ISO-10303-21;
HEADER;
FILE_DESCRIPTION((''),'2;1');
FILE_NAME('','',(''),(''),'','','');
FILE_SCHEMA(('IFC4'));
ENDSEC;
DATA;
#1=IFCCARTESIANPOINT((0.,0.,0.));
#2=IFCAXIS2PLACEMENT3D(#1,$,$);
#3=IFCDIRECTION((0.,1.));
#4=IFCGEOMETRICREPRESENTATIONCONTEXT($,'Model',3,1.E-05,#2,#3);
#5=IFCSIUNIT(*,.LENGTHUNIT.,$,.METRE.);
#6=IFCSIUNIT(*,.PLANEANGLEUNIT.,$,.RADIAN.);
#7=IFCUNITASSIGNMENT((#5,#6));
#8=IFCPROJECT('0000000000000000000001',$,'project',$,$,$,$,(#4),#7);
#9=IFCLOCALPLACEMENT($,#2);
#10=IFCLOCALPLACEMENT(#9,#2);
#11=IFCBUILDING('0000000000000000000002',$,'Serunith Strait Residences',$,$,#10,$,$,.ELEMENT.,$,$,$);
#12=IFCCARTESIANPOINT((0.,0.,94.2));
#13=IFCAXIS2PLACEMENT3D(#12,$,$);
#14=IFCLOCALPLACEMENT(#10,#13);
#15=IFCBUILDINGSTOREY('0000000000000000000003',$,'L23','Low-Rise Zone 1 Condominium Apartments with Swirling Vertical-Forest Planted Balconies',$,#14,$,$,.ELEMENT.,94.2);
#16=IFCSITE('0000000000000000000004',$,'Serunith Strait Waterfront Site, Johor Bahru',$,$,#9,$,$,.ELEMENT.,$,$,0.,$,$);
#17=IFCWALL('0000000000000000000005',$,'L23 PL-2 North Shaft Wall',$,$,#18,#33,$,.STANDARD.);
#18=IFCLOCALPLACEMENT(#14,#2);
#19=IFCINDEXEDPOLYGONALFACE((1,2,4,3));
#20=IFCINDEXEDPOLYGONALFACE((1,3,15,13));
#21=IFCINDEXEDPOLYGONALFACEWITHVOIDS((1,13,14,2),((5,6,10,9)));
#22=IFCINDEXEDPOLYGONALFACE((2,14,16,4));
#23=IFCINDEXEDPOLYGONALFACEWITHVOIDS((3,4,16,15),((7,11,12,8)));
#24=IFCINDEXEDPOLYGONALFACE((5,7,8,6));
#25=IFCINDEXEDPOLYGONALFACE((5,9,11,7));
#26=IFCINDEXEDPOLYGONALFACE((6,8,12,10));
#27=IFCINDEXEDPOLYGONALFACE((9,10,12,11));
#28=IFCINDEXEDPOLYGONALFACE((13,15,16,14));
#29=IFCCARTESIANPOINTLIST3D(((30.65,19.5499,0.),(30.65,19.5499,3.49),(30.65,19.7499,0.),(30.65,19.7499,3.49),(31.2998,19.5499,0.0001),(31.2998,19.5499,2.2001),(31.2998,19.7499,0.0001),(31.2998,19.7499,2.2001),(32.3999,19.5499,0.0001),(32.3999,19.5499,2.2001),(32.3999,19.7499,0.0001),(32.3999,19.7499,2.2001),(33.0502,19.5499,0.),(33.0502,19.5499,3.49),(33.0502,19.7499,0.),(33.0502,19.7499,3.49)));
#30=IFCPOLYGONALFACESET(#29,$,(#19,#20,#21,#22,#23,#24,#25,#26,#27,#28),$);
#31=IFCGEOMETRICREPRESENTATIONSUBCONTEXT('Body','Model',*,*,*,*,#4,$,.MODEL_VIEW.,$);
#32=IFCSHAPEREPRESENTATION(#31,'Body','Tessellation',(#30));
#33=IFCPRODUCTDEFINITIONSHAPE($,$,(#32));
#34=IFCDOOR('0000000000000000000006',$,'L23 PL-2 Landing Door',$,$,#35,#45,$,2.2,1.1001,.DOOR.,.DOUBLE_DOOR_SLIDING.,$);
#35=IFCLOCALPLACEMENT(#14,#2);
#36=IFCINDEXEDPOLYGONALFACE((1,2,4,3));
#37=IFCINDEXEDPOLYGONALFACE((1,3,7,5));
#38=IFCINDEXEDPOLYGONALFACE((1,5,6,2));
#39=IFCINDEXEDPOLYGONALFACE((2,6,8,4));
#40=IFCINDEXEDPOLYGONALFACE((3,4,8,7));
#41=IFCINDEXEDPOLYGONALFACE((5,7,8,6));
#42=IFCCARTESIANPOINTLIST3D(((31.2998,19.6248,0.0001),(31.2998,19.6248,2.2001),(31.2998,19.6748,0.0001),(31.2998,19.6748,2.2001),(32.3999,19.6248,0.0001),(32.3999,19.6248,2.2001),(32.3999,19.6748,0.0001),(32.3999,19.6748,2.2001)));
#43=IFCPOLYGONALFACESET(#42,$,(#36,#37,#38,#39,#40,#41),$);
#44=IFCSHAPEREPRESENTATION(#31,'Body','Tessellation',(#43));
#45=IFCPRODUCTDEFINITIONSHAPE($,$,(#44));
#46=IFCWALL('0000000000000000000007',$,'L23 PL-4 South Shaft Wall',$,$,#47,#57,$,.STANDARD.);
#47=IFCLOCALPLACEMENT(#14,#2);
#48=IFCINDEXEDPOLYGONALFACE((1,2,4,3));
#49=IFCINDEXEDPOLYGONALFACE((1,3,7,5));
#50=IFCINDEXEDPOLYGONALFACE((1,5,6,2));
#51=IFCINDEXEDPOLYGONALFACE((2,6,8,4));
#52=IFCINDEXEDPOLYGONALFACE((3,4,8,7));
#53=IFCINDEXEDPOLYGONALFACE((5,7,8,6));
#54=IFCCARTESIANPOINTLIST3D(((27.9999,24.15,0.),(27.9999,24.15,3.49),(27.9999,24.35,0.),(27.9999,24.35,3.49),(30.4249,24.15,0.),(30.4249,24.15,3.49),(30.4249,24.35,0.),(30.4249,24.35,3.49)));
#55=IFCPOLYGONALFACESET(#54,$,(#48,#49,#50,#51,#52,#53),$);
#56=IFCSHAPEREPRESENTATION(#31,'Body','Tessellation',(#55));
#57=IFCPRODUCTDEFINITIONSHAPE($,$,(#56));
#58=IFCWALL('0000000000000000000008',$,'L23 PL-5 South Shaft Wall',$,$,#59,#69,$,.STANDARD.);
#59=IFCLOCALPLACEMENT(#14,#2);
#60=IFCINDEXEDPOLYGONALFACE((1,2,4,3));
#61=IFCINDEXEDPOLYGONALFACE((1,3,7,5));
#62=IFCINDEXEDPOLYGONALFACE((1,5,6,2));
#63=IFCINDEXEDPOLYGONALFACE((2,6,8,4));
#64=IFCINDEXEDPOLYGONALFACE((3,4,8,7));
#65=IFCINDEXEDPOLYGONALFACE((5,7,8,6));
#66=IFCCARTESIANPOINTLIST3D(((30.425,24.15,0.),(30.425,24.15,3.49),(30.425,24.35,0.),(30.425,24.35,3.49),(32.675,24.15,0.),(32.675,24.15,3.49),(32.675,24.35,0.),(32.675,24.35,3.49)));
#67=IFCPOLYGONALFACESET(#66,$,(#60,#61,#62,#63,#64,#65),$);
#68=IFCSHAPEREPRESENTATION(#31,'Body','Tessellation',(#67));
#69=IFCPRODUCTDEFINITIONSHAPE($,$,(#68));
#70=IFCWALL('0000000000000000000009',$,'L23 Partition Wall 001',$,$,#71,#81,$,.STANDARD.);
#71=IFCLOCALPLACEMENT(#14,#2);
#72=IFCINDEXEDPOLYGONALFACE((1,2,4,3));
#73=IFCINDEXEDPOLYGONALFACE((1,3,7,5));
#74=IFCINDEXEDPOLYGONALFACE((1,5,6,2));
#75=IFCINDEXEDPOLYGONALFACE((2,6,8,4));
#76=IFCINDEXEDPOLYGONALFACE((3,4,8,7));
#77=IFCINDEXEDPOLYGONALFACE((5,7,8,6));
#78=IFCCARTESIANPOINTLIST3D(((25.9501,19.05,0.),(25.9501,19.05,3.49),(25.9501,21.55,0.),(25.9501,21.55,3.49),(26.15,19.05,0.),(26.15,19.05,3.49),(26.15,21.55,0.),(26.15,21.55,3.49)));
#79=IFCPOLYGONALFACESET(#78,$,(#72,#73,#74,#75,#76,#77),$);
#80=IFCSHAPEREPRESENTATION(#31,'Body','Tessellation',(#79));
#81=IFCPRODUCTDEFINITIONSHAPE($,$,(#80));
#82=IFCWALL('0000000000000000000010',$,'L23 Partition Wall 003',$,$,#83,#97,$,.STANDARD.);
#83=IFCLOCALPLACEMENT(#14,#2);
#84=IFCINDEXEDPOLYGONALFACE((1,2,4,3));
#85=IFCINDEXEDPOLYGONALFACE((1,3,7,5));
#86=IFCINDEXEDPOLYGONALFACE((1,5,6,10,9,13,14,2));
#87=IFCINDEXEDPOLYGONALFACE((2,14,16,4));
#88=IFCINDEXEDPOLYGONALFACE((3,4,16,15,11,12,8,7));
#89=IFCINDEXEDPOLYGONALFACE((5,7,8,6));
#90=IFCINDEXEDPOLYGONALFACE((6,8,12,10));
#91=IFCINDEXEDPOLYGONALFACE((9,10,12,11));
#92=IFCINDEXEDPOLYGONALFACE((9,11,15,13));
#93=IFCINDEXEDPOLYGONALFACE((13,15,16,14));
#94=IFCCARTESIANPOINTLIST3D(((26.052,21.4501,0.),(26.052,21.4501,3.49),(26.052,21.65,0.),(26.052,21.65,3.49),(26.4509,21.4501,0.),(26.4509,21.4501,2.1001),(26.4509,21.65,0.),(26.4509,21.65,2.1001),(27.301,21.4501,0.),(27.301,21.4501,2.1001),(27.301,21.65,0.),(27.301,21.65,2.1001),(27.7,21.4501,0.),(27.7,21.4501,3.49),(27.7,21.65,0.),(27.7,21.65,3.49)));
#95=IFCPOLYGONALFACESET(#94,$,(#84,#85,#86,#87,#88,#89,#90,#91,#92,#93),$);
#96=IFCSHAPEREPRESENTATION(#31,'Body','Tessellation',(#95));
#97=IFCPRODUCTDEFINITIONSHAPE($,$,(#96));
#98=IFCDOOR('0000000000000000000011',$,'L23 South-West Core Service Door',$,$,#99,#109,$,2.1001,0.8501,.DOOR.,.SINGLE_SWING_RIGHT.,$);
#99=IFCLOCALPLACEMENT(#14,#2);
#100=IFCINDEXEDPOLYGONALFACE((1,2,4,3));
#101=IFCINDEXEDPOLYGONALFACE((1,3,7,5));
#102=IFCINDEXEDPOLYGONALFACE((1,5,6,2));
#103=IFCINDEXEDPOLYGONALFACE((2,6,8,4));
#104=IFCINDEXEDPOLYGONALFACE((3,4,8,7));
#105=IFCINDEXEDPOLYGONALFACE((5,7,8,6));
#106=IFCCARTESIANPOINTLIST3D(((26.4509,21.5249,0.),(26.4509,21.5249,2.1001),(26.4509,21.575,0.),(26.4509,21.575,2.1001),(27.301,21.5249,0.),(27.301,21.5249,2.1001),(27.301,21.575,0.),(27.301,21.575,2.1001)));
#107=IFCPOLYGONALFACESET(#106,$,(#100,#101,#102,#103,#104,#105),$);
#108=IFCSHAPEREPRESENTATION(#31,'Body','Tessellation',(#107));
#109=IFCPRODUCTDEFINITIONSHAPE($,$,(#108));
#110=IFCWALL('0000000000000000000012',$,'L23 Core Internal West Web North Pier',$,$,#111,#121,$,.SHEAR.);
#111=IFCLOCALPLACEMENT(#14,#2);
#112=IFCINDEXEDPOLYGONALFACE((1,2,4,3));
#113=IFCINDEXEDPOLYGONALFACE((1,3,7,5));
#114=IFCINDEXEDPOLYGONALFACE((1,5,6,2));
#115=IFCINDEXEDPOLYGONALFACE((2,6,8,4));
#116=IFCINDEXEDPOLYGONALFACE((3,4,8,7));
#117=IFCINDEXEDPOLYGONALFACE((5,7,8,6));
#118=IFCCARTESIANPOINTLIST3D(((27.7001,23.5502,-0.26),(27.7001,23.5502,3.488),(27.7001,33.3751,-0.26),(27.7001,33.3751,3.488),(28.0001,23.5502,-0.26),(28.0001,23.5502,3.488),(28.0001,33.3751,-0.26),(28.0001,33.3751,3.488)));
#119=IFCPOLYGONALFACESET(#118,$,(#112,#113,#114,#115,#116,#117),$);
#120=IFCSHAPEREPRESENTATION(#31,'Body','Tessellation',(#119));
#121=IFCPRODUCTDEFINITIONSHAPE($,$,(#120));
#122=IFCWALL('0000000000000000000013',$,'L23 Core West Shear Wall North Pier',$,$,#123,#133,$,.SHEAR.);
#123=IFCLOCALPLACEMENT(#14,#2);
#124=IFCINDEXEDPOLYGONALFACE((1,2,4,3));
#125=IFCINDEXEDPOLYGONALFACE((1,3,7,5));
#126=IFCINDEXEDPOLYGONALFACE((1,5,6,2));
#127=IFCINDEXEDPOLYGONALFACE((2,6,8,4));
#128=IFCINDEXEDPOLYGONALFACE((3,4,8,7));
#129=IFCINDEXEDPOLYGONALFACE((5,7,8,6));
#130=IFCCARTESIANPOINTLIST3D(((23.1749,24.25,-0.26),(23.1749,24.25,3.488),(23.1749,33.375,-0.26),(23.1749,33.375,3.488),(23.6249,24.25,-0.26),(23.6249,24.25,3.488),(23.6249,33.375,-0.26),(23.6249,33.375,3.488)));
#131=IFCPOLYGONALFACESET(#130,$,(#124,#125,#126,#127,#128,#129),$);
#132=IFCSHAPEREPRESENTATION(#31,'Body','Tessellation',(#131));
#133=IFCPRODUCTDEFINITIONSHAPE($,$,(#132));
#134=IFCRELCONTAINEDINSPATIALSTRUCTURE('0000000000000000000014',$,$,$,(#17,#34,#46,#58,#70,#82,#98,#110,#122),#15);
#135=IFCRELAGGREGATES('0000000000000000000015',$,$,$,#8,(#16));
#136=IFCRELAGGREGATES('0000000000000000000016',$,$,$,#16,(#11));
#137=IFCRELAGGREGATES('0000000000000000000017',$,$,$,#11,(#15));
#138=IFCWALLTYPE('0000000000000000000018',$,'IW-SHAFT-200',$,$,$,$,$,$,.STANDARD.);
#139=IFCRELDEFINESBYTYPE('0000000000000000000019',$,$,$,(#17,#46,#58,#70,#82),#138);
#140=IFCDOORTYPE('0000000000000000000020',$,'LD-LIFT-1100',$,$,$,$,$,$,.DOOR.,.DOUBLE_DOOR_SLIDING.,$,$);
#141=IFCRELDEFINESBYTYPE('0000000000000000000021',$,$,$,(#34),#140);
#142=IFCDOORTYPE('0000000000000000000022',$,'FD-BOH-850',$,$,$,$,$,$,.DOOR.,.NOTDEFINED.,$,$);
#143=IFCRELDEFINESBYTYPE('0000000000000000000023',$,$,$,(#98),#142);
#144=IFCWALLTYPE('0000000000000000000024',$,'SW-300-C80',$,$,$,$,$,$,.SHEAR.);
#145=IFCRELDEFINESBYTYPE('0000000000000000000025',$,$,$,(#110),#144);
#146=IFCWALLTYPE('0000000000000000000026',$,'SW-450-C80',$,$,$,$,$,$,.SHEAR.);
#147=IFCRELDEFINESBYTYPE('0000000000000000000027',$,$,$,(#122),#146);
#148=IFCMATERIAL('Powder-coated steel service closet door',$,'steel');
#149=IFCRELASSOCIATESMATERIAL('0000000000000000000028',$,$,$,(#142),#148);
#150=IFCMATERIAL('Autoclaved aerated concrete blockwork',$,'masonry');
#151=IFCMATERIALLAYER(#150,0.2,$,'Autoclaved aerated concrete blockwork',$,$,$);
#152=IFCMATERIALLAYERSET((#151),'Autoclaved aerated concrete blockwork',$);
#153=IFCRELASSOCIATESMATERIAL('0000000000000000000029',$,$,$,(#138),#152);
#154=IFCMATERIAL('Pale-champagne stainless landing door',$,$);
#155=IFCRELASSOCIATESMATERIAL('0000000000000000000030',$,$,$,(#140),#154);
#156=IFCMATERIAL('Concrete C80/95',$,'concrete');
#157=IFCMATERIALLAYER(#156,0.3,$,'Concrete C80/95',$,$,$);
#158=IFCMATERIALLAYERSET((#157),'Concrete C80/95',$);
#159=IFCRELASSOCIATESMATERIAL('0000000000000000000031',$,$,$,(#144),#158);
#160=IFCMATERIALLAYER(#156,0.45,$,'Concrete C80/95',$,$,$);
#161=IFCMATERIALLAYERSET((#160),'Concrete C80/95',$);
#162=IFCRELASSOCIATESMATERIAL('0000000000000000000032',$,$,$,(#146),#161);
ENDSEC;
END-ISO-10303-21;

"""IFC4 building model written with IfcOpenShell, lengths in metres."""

from ifc_helpers import new_model, si_unit, direction, frame, frame_2d, origin, place, context, subcontext, project, spatial, rectangle, extrude, source, transform, mapped, material, layer, layer_set, type_object, element, fill, save


model = new_model("IFC4")

# Units and contexts
model_context = context("Model", 3, precision=1e-05, world=origin(), true_north=direction((0.0, 1.0)))
body_context = subcontext(model_context, "Body", "Model", "MODEL_VIEW")
ifc_project = project(units=[si_unit("LENGTHUNIT", "METRE"), si_unit("PLANEANGLEUNIT", "RADIAN")], contexts=[model_context])

# Site, building, storey
site_placement = place(None, origin())
site = spatial("IfcSite", under=ifc_project, at=site_placement, Name="Serunith Strait Waterfront Site, Johor Bahru", CompositionType="ELEMENT", RefElevation=0.0)
building_placement = place(site_placement, origin())
building = spatial("IfcBuilding", under=site, at=building_placement, Name="Serunith Strait Residences", CompositionType="ELEMENT")
storey_placement = place(building_placement, frame((0.0, 0.0, 94.2)))
storey = spatial("IfcBuildingStorey", under=building, at=storey_placement, Name="L23", Description="Low-Rise Zone 1 Condominium Apartments with Swirling Vertical-Forest Planted Balconies", CompositionType="ELEMENT", Elevation=94.2)

# Wall, opening, door
ifc_material_1 = material(Name="Powder-coated steel service closet door", Category="steel")
door_type_1 = type_object("IfcDoorType", Name="FD-BOH-850", OperationType="NOTDEFINED", PredefinedType="DOOR", material=ifc_material_1)
shared_shape_1 = source(origin(), body_context, "Body", "SweptSolid", [
    extrude(rectangle(XDim=0.8501, YDim=2.1001, at=frame_2d((0.425, 1.05))), frame((0.0, 0.0249, 0.0), z_axis=(0.0, -1.0, 0.0), x_axis=(1.0, 0.0, 0.0)), (0.0, 0.0, 1.0), 0.05),
])
ifc_material_2 = material(Name="Autoclaved aerated concrete blockwork", Category="masonry")
ifc_layer_1 = layer(ifc_material_2, 0.2, Name="Autoclaved aerated concrete blockwork")
ifc_layer_set_1 = layer_set([ifc_layer_1], Name="Autoclaved aerated concrete blockwork")
wall_type_1 = type_object("IfcWallType", Name="IW-SHAFT-200", PredefinedType="STANDARD", material=ifc_layer_set_1)
ifc_material_3 = material(Name="Pale-champagne stainless landing door")
door_type_2 = type_object("IfcDoorType", Name="LD-LIFT-1100", OperationType="DOUBLE_DOOR_SLIDING", PredefinedType="DOOR", material=ifc_material_3)
shared_shape_2 = source(origin(), body_context, "Body", "SweptSolid", [
    extrude(rectangle(XDim=1.1001, YDim=2.2, at=frame_2d((0.55, 1.1001))), frame((0.0, 0.0249, 0.0), z_axis=(0.0, -1.0, 0.0), x_axis=(1.0, 0.0, 0.0)), (0.0, 0.0, 1.0), 0.05),
])
wall_1_placement = place(storey_placement, frame((30.6499, 19.6499, 0.0), z_axis=(0.0, 0.0, 1.0), x_axis=(1.0, 0.0, 0.0)))
wall_1 = element("IfcWall", 1, at=wall_1_placement, inside=storey, type_object=wall_type_1, Name="L23 PL-2 North Shaft Wall", PredefinedType="STANDARD", context=body_context, shape_type="SweptSolid", body=[
    extrude(rectangle(XDim=2.4001, YDim=0.2, at=frame_2d((1.2002, 0.0))), origin(), (0.0, 0.0, 1.0), 3.49),
])
opening_1_placement = place(wall_1_placement, frame((0.6499, 0.0, 0.0)))
opening_1 = element("IfcOpeningElement", 2, at=opening_1_placement, cuts=wall_1, PredefinedType="OPENING", context=body_context, shape_type="SweptSolid", body=[
    extrude(rectangle(XDim=1.1001, YDim=2.2, at=frame_2d((0.55, 1.1001))), frame((0.0, 0.1099, 0.0), z_axis=(0.0, -1.0, 0.0), x_axis=(1.0, 0.0, 0.0)), (0.0, 0.0, 1.0), 0.22),
])
door_1_placement = place(opening_1_placement, origin())
door_1 = element("IfcDoor", 3, at=door_1_placement, inside=storey, type_object=door_type_2, Name="L23 PL-2 Landing Door", OperationType="DOUBLE_DOOR_SLIDING", OverallHeight=2.2, OverallWidth=1.1001, PredefinedType="DOOR", context=body_context, shape_type="MappedRepresentation", body=[
    mapped(shared_shape_2, transform((0.0, 0.0, 0.0), scale=1.0)),
])
fill(opening_1, door_1)

# Walls
wall_2_placement = place(storey_placement, frame((28.0, 24.25, 0.0), z_axis=(0.0, 0.0, 1.0), x_axis=(1.0, 0.0, 0.0)))
element("IfcWall", 4, at=wall_2_placement, inside=storey, type_object=wall_type_1, Name="L23 PL-4 South Shaft Wall", PredefinedType="STANDARD", context=body_context, shape_type="SweptSolid", body=[
    extrude(rectangle(XDim=2.425, YDim=0.2, at=frame_2d((1.2124, 0.0))), origin(), (0.0, 0.0, 1.0), 3.49),
])
wall_3_placement = place(storey_placement, frame((30.425, 24.25, 0.0), z_axis=(0.0, 0.0, 1.0), x_axis=(1.0, 0.0, 0.0)))
element("IfcWall", 5, at=wall_3_placement, inside=storey, type_object=wall_type_1, Name="L23 PL-5 South Shaft Wall", PredefinedType="STANDARD", context=body_context, shape_type="SweptSolid", body=[
    extrude(rectangle(XDim=2.25, YDim=0.2, at=frame_2d((1.125, 0.0))), origin(), (0.0, 0.0, 1.0), 3.49),
])
wall_4_placement = place(storey_placement, frame((26.05, 19.05, 0.0), z_axis=(0.0, 0.0, 1.0), x_axis=(0.0, 1.0, 0.0)))
element("IfcWall", 6, at=wall_4_placement, inside=storey, type_object=wall_type_1, Name="L23 Partition Wall 001", PredefinedType="STANDARD", context=body_context, shape_type="SweptSolid", body=[
    extrude(rectangle(XDim=2.5, YDim=0.2, at=frame_2d((1.25, 0.0))), origin(), (0.0, 0.0, 1.0), 3.49),
])

# Wall, opening, door
wall_5_placement = place(storey_placement, frame((26.052, 21.55, 0.0), z_axis=(0.0, 0.0, 1.0), x_axis=(1.0, 0.0, 0.0)))
wall_5 = element("IfcWall", 7, at=wall_5_placement, inside=storey, type_object=wall_type_1, Name="L23 Partition Wall 003", PredefinedType="STANDARD", context=body_context, shape_type="SweptSolid", body=[
    extrude(rectangle(XDim=1.6479, YDim=0.2, at=frame_2d((0.824, 0.0))), origin(), (0.0, 0.0, 1.0), 3.49),
])
opening_2_placement = place(wall_5_placement, frame((0.3989, 0.0, 0.0)))
opening_2 = element("IfcOpeningElement", 8, at=opening_2_placement, cuts=wall_5, PredefinedType="OPENING", context=body_context, shape_type="SweptSolid", body=[
    extrude(rectangle(XDim=0.8501, YDim=2.1001, at=frame_2d((0.425, 1.05))), frame((0.0, 0.1099, 0.0), z_axis=(0.0, -1.0, 0.0), x_axis=(1.0, 0.0, 0.0)), (0.0, 0.0, 1.0), 0.22),
])
door_2_placement = place(opening_2_placement, origin())
door_2 = element("IfcDoor", 9, at=door_2_placement, inside=storey, type_object=door_type_1, Name="L23 South-West Core Service Door", OperationType="SINGLE_SWING_RIGHT", OverallHeight=2.1001, OverallWidth=0.8501, PredefinedType="DOOR", context=body_context, shape_type="MappedRepresentation", body=[
    mapped(shared_shape_1, transform((0.0, 0.0, 0.0), scale=1.0)),
])
fill(opening_2, door_2)

# Walls
ifc_material_4 = material(Name="Concrete C80/95", Category="concrete")
ifc_layer_2 = layer(ifc_material_4, 0.3, Name="Concrete C80/95")
ifc_layer_set_2 = layer_set([ifc_layer_2], Name="Concrete C80/95")
wall_type_2 = type_object("IfcWallType", Name="SW-300-C80", PredefinedType="SHEAR", material=ifc_layer_set_2)
wall_6_placement = place(storey_placement, frame((27.8501, 23.55, -0.26), z_axis=(0.0, 0.0, 1.0), x_axis=(0.0, 1.0, 0.0)))
element("IfcWall", 10, at=wall_6_placement, inside=storey, type_object=wall_type_2, Name="L23 Core Internal West Web North Pier", PredefinedType="SHEAR", context=body_context, shape_type="SweptSolid", body=[
    extrude(rectangle(XDim=9.825, YDim=0.3, at=frame_2d((4.9126, 0.0))), origin(), (0.0, 0.0, 1.0), 3.748),
])
ifc_layer_3 = layer(ifc_material_4, 0.45, Name="Concrete C80/95")
ifc_layer_set_3 = layer_set([ifc_layer_3], Name="Concrete C80/95")
wall_type_3 = type_object("IfcWallType", Name="SW-450-C80", PredefinedType="SHEAR", material=ifc_layer_set_3)
wall_7_placement = place(storey_placement, frame((23.3999, 24.25, -0.26), z_axis=(0.0, 0.0, 1.0), x_axis=(0.0, 1.0, 0.0)))
element("IfcWall", 11, at=wall_7_placement, inside=storey, type_object=wall_type_3, Name="L23 Core West Shear Wall North Pier", PredefinedType="SHEAR", context=body_context, shape_type="SweptSolid", body=[
    extrude(rectangle(XDim=9.125, YDim=0.45, at=frame_2d((4.5625, 0.0))), origin(), (0.0, 0.0, 1.0), 3.748),
])

save(model, "model.ifc")
